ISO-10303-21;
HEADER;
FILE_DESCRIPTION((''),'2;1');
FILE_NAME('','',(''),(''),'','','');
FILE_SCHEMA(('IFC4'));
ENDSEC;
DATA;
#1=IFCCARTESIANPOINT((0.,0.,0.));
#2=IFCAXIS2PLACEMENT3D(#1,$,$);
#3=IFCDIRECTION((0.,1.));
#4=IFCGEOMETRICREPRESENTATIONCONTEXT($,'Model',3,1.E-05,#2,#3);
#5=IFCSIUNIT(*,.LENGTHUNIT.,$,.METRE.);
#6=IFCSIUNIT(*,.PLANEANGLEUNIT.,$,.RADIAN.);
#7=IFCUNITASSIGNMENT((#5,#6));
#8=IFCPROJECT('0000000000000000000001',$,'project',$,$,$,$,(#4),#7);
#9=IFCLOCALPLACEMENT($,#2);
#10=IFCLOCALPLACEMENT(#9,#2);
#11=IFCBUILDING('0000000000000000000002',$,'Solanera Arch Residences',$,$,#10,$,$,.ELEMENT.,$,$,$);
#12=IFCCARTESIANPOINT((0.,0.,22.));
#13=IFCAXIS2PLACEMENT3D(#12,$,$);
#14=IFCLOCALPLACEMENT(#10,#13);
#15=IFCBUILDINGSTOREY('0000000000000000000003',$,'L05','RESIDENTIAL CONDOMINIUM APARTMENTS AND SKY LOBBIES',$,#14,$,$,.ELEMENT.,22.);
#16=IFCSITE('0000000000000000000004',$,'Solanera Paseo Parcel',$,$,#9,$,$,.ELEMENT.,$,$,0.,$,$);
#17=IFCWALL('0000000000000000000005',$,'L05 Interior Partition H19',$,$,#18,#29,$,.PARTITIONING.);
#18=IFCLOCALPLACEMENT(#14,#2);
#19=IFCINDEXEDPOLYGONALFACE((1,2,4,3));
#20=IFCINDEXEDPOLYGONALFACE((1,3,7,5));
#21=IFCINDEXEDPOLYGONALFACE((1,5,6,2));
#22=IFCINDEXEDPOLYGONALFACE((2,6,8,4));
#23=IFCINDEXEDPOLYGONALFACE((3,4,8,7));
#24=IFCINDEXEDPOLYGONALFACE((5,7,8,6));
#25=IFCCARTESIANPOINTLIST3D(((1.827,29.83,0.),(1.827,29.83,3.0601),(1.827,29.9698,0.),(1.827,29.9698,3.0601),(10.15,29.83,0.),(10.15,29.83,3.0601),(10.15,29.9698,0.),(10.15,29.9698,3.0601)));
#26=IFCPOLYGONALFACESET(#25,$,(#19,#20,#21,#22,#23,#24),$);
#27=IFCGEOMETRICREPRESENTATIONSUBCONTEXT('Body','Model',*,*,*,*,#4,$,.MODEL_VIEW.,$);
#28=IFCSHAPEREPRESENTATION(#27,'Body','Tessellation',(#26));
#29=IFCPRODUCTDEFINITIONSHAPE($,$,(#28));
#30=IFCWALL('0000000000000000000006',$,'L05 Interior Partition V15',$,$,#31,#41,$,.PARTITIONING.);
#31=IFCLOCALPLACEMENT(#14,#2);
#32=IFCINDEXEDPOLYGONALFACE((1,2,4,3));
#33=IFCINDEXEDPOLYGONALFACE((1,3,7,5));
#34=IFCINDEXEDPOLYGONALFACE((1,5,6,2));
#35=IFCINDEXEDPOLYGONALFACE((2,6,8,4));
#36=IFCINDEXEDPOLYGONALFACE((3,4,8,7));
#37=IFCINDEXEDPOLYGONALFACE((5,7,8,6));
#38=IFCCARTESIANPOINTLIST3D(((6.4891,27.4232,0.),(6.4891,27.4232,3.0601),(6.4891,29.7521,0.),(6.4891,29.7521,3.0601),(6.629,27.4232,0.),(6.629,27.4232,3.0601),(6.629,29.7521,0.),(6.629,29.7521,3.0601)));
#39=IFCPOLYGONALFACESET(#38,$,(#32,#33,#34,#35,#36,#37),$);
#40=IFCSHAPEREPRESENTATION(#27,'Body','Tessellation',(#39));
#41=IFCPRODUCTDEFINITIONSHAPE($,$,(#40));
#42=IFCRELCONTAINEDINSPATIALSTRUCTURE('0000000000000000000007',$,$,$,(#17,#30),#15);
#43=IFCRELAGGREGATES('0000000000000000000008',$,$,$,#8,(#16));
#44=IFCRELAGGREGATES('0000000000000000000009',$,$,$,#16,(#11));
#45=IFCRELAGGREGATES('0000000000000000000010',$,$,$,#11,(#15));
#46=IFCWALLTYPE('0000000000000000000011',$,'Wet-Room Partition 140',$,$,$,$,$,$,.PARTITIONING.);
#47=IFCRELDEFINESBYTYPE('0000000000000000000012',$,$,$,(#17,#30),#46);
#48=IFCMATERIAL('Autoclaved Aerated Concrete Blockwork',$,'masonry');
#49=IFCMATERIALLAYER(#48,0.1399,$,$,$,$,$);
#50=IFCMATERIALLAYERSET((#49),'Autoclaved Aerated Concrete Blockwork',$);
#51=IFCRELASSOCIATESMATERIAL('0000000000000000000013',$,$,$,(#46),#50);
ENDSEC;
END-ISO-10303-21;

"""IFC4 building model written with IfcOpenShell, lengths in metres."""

from ifc_helpers import new_model, si_unit, direction, frame, frame_2d, origin, place, context, subcontext, project, spatial, rectangle, extrude, material, layer, layer_set, type_object, element, save


model = new_model("IFC4")

# Units and contexts
model_context = context("Model", 3, precision=1e-05, world=origin(), true_north=direction((0.0, 1.0)))
body_context = subcontext(model_context, "Body", "Model", "MODEL_VIEW")
ifc_project = project(units=[si_unit("LENGTHUNIT", "METRE"), si_unit("PLANEANGLEUNIT", "RADIAN")], contexts=[model_context])

# Site, building, storey
site_placement = place(None, origin())
site = spatial("IfcSite", under=ifc_project, at=site_placement, Name="Solanera Paseo Parcel", CompositionType="ELEMENT", RefElevation=0.0)
building_placement = place(site_placement, origin())
building = spatial("IfcBuilding", under=site, at=building_placement, Name="Solanera Arch Residences", CompositionType="ELEMENT")
storey_placement = place(building_placement, frame((0.0, 0.0, 22.0)))
storey = spatial("IfcBuildingStorey", under=building, at=storey_placement, Name="L05", Description="RESIDENTIAL CONDOMINIUM APARTMENTS AND SKY LOBBIES", CompositionType="ELEMENT", Elevation=22.0)

# Shared definitions
ifc_material_1 = material(Name="Autoclaved Aerated Concrete Blockwork", Category="masonry")
ifc_layer_1 = layer(ifc_material_1, 0.1399)
ifc_layer_set_1 = layer_set([ifc_layer_1], Name="Autoclaved Aerated Concrete Blockwork")
wall_type_1 = type_object("IfcWallType", Name="Wet-Room Partition 140", PredefinedType="PARTITIONING", material=ifc_layer_set_1)

# Walls
wall_1_placement = place(storey_placement, frame((1.8269, 29.8999, 0.0), z_axis=(0.0, 0.0, 1.0), x_axis=(1.0, 0.0, 0.0)))
element("IfcWall", 1, at=wall_1_placement, inside=storey, type_object=wall_type_1, Name="L05 Interior Partition H19", PredefinedType="PARTITIONING", context=body_context, shape_type="SweptSolid", body=[
    extrude(rectangle(XDim=8.323, YDim=0.1399, at=frame_2d((4.1616, 0.0))), origin(), (0.0, 0.0, 1.0), 3.0601),
])
wall_2_placement = place(storey_placement, frame((6.5591, 27.4231, 0.0), z_axis=(0.0, 0.0, 1.0), x_axis=(0.0, 1.0, 0.0)))
element("IfcWall", 2, at=wall_2_placement, inside=storey, type_object=wall_type_1, Name="L05 Interior Partition V15", PredefinedType="PARTITIONING", context=body_context, shape_type="SweptSolid", body=[
    extrude(rectangle(XDim=2.3289, YDim=0.1399, at=frame_2d((1.1646, 0.0))), origin(), (0.0, 0.0, 1.0), 3.0601),
])

save(model, "model.ifc")
